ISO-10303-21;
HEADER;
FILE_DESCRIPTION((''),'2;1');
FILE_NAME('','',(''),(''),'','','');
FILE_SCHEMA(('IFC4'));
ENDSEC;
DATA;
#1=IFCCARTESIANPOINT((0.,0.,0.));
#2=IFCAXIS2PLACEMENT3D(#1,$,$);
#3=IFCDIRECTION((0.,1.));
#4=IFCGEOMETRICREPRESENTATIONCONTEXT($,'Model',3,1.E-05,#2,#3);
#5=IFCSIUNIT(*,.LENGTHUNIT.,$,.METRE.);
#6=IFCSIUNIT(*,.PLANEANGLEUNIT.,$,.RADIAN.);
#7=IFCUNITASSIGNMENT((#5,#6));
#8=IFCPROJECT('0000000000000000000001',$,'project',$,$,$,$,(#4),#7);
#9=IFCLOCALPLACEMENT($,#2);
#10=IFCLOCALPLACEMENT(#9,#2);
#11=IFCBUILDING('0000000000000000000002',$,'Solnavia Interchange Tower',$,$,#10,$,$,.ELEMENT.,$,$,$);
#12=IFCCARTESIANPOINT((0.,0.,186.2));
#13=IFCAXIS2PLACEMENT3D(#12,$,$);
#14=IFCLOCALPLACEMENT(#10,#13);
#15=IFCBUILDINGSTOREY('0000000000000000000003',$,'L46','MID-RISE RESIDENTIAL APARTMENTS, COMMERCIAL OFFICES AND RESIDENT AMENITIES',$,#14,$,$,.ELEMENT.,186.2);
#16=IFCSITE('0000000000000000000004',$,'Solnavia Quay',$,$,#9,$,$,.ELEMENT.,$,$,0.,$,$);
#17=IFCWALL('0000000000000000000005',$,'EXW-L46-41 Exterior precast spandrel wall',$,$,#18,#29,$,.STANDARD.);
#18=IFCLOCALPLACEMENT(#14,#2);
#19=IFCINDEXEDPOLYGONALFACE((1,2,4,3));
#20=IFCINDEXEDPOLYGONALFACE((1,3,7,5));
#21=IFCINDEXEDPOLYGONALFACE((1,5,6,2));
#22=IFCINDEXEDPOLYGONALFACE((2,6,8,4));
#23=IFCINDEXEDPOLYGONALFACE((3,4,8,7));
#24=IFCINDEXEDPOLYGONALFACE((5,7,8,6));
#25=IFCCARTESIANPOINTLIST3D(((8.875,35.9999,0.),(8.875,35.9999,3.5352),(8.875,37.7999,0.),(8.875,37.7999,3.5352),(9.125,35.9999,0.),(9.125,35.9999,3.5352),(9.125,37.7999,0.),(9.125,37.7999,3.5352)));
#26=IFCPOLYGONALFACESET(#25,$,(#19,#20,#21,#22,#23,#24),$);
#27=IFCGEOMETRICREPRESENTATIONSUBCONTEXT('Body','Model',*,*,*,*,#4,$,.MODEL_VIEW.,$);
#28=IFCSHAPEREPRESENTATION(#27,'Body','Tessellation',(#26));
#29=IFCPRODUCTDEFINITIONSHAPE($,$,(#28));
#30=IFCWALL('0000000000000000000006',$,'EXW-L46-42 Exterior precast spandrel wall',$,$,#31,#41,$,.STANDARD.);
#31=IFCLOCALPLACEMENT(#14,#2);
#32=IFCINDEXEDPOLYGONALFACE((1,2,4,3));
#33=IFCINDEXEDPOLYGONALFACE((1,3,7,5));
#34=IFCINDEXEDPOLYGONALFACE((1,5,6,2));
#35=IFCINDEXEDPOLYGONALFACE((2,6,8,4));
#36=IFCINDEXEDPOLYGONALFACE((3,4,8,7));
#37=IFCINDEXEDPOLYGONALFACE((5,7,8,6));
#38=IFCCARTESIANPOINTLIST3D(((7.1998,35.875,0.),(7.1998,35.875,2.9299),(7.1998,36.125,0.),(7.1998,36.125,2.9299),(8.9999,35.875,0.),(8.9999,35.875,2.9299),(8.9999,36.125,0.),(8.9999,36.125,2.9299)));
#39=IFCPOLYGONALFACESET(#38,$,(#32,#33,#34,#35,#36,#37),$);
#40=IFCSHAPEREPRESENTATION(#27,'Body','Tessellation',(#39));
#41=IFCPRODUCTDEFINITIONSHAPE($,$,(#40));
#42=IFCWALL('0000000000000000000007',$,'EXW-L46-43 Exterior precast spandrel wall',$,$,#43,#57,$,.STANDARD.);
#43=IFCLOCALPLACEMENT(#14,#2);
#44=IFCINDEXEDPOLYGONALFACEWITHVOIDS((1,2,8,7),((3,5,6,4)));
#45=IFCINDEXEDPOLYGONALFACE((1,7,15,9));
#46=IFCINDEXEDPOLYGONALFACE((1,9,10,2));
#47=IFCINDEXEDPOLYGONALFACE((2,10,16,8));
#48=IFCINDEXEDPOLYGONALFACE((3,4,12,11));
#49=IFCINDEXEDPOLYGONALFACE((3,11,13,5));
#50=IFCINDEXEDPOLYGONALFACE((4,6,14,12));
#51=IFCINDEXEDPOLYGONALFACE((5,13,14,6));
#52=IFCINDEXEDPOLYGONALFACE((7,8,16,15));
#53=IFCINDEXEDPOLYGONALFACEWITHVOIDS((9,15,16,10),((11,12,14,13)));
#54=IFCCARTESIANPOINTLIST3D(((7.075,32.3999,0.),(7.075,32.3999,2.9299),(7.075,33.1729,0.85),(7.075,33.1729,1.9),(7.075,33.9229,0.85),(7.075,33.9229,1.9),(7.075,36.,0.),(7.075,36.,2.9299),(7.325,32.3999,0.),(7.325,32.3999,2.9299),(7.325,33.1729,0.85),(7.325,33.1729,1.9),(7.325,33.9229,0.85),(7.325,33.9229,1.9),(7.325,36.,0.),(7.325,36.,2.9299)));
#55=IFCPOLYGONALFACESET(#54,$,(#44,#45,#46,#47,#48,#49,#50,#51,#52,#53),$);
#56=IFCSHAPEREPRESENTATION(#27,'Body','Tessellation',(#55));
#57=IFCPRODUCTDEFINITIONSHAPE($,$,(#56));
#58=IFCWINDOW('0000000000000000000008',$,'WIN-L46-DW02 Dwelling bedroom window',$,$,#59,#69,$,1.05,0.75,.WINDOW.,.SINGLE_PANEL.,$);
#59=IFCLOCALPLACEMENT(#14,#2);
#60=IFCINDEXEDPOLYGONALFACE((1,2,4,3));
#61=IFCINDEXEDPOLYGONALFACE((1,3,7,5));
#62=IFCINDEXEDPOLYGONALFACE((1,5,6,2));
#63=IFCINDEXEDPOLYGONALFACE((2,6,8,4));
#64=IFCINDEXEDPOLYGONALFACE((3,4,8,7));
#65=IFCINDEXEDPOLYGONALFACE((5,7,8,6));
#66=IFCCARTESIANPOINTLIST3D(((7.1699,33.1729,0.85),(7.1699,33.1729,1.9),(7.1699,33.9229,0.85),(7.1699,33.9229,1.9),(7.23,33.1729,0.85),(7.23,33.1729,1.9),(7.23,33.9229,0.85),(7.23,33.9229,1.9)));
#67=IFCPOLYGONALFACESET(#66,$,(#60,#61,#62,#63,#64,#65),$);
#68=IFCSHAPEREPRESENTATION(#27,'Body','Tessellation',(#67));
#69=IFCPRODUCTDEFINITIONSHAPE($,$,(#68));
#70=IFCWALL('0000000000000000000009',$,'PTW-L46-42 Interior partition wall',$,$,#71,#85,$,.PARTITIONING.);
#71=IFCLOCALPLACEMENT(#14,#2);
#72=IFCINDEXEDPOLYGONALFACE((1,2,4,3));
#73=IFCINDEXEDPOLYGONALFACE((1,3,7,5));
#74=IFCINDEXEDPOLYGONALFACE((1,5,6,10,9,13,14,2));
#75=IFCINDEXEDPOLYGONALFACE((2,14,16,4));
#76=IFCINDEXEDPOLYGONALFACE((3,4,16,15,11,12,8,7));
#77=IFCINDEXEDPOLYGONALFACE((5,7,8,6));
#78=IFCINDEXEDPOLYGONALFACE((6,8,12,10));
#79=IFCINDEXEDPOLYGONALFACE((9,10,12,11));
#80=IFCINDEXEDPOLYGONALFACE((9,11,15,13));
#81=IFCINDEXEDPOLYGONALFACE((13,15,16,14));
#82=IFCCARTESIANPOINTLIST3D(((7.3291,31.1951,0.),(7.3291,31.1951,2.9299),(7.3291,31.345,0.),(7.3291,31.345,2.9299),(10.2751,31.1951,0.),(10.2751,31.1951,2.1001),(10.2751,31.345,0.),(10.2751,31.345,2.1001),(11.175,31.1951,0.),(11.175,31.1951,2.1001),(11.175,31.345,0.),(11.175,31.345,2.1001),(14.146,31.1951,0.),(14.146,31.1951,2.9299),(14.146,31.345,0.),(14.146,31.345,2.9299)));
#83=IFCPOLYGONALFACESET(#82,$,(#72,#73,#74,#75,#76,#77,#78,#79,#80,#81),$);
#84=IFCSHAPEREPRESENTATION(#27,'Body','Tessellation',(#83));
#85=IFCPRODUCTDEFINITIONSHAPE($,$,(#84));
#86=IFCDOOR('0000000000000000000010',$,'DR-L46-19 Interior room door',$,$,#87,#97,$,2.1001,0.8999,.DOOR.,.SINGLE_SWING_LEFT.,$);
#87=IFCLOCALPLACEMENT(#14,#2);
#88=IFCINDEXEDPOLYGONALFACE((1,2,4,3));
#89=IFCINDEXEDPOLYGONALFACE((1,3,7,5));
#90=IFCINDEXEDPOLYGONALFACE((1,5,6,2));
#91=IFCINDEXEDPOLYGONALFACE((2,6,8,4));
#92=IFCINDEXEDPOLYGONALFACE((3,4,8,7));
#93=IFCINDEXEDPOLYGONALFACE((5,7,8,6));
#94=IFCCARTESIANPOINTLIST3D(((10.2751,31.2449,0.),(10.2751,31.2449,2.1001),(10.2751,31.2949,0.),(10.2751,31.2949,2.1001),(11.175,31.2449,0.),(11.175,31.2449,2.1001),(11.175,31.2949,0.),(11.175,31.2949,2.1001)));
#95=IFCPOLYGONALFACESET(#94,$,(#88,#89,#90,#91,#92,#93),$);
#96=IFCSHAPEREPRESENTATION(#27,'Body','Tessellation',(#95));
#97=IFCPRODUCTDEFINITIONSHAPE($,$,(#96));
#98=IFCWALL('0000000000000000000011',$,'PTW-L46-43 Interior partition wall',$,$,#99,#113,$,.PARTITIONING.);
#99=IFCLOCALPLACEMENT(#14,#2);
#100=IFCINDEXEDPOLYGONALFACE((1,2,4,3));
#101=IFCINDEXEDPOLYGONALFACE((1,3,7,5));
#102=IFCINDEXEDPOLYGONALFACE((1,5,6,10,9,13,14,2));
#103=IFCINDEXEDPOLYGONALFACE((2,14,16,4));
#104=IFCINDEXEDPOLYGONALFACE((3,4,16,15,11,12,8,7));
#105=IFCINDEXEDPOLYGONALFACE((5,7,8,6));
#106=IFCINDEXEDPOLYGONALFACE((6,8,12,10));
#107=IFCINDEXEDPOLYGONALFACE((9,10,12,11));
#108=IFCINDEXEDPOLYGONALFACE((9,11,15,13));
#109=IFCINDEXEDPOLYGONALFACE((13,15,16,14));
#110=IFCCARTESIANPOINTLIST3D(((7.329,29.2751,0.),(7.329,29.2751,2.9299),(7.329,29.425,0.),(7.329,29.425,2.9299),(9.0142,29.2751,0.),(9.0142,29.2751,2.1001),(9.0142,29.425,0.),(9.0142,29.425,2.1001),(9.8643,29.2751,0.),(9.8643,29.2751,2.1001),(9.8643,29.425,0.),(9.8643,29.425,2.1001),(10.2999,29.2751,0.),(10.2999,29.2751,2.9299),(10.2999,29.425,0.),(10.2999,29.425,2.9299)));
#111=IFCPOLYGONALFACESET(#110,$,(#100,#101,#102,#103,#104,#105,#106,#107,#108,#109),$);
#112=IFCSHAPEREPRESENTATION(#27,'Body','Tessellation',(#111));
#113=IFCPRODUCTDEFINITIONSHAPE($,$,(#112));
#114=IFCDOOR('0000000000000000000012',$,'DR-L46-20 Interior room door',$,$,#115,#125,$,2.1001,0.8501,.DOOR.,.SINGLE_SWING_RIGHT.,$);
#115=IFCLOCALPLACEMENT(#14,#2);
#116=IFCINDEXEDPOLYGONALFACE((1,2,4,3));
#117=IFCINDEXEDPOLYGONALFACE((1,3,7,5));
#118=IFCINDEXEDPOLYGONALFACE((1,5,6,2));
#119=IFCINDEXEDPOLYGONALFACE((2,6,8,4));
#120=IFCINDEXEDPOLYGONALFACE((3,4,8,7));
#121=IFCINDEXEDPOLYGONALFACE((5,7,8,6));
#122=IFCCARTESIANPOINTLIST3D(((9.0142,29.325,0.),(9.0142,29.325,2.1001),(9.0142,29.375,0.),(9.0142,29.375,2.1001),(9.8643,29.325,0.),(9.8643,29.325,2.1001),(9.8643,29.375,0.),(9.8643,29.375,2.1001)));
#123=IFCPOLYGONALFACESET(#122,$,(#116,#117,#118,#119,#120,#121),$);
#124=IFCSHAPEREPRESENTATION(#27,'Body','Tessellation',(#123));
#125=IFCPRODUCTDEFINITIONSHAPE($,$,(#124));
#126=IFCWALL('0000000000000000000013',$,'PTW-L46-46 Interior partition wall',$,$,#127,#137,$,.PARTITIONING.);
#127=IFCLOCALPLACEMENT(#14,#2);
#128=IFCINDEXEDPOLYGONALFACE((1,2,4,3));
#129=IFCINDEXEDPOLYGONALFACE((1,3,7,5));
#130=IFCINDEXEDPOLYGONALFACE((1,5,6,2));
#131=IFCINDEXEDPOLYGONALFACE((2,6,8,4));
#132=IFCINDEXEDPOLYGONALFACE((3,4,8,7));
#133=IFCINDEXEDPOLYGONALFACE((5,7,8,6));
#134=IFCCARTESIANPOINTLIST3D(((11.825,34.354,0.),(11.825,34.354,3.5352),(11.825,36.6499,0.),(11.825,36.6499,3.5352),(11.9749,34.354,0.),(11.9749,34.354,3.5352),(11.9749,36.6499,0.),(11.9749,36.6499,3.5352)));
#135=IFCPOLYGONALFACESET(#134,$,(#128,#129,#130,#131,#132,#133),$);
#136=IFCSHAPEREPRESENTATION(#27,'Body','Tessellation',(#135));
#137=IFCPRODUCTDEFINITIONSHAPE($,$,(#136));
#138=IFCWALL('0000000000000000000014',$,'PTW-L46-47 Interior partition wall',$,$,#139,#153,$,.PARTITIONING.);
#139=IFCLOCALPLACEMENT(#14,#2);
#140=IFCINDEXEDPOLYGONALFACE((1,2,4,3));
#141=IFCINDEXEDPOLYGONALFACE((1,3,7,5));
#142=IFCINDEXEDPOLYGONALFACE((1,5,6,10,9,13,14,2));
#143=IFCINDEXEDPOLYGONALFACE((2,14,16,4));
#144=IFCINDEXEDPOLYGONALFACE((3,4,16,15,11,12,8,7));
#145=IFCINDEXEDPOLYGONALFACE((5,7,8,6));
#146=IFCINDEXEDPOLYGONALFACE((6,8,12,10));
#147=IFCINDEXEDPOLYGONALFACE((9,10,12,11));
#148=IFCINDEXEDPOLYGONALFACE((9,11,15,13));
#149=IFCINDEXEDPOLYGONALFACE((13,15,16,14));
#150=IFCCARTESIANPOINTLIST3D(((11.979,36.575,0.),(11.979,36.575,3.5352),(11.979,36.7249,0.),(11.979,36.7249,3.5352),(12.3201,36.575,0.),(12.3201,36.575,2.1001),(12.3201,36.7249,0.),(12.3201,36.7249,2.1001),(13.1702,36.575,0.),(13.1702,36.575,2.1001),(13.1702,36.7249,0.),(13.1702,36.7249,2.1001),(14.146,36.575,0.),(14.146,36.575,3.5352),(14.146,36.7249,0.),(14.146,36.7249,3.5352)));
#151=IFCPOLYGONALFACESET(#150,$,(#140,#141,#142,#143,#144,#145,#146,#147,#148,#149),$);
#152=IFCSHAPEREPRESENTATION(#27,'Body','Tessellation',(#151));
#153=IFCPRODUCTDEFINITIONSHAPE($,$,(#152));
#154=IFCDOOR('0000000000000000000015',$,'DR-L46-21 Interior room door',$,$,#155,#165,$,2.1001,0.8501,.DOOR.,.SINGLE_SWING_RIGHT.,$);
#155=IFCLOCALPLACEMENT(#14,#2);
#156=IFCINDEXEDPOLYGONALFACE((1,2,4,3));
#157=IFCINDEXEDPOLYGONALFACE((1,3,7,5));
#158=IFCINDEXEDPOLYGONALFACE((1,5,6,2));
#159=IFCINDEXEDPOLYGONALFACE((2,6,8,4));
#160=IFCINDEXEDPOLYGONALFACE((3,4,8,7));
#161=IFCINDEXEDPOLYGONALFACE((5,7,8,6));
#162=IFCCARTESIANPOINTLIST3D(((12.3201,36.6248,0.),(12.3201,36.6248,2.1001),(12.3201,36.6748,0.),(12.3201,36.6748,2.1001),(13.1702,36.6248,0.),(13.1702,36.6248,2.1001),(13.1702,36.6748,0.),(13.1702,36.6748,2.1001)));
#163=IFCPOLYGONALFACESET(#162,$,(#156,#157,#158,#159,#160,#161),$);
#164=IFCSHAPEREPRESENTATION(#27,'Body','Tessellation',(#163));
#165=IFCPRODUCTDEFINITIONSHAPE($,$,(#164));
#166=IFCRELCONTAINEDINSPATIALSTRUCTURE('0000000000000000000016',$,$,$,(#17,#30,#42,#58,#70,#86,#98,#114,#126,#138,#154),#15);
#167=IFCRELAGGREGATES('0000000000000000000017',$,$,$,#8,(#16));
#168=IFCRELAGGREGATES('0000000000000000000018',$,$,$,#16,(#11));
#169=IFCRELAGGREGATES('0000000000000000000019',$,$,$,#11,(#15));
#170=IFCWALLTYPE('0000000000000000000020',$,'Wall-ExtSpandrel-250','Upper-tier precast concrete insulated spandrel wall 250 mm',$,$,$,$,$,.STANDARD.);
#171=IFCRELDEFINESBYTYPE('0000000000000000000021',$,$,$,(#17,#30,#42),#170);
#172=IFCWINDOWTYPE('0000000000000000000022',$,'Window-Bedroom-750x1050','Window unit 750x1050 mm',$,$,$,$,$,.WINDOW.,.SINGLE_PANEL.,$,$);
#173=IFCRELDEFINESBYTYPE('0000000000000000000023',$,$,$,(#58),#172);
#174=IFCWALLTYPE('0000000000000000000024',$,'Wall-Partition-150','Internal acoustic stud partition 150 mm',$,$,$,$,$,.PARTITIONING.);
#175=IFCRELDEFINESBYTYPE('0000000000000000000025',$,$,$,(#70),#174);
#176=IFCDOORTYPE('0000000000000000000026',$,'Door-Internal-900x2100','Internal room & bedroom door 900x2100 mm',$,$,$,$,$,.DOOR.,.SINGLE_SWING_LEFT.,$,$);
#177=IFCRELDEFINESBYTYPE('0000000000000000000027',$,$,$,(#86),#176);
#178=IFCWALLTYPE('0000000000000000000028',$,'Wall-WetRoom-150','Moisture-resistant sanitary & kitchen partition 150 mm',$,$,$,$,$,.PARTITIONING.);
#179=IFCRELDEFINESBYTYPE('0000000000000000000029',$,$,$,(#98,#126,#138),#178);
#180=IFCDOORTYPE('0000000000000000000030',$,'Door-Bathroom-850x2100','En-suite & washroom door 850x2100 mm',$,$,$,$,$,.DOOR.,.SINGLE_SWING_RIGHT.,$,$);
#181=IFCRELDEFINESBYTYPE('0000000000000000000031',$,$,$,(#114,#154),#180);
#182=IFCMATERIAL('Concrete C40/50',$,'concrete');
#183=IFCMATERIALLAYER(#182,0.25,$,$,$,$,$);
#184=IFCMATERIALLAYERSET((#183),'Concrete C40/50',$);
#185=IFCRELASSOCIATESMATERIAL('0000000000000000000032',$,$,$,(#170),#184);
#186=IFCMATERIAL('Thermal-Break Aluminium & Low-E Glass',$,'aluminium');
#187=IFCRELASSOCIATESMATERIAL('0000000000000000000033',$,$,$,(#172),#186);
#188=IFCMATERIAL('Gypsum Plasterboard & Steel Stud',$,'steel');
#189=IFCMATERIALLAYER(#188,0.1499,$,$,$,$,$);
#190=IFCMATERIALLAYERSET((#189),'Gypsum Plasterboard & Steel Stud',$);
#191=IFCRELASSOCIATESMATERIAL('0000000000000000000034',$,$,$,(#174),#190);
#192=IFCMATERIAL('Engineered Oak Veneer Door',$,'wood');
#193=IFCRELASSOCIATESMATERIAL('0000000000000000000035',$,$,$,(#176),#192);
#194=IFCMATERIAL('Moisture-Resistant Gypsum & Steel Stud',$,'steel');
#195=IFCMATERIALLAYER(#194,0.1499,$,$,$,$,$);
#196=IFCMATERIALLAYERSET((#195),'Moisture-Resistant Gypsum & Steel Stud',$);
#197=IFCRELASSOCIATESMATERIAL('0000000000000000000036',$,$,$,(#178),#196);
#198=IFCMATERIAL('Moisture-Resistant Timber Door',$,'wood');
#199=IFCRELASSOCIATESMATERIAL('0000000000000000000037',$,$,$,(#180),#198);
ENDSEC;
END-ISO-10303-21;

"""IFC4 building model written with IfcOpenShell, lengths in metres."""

from ifc_helpers import new_model, si_unit, direction, frame, frame_2d, origin, place, context, subcontext, project, spatial, rectangle, extrude, material, layer, layer_set, type_object, element, fill, save


model = new_model("IFC4")

# Units and contexts
model_context = context("Model", 3, precision=1e-05, world=origin(), true_north=direction((0.0, 1.0)))
body_context = subcontext(model_context, "Body", "Model", "MODEL_VIEW")
ifc_project = project(units=[si_unit("LENGTHUNIT", "METRE"), si_unit("PLANEANGLEUNIT", "RADIAN")], contexts=[model_context])

# Site, building, storey
site_placement = place(None, origin())
site = spatial("IfcSite", under=ifc_project, at=site_placement, Name="Solnavia Quay", CompositionType="ELEMENT", RefElevation=0.0)
building_placement = place(site_placement, origin())
building = spatial("IfcBuilding", under=site, at=building_placement, Name="Solnavia Interchange Tower", CompositionType="ELEMENT")
storey_placement = place(building_placement, frame((0.0, 0.0, 186.2)))
storey = spatial("IfcBuildingStorey", under=building, at=storey_placement, Name="L46", Description="MID-RISE RESIDENTIAL APARTMENTS, COMMERCIAL OFFICES AND RESIDENT AMENITIES", CompositionType="ELEMENT", Elevation=186.2)

# Walls
ifc_material_1 = material(Name="Concrete C40/50", Category="concrete")
ifc_layer_1 = layer(ifc_material_1, 0.25)
ifc_layer_set_1 = layer_set([ifc_layer_1], Name="Concrete C40/50")
wall_type_1 = type_object("IfcWallType", Name="Wall-ExtSpandrel-250", Description="Upper-tier precast concrete insulated spandrel wall 250 mm", PredefinedType="STANDARD", material=ifc_layer_set_1)
for number, where, z_axis, x_axis, name in (
    (1, (9.0, 36.0, 0.0), (0.0, 0.0, 1.0), (0.0, 1.0, 0.0), "EXW-L46-41 Exterior precast spandrel wall"),
):
    element("IfcWall", number, at=place(storey_placement, frame(where, z_axis=z_axis, x_axis=x_axis)), inside=storey, type_object=wall_type_1, Name=name, PredefinedType="STANDARD", context=body_context, shape_type="SweptSolid", body=[
        extrude(rectangle(XDim=1.8, YDim=0.25, at=frame_2d((0.8999, 0.0))), origin(), (0.0, 0.0, 1.0), 3.5352),
    ])
wall_1_placement = place(storey_placement, frame((7.2, 36.0, 0.0), z_axis=(0.0, 0.0, 1.0), x_axis=(1.0, 0.0, 0.0)))
element("IfcWall", 2, at=wall_1_placement, inside=storey, type_object=wall_type_1, Name="EXW-L46-42 Exterior precast spandrel wall", PredefinedType="STANDARD", context=body_context, shape_type="SweptSolid", body=[
    extrude(rectangle(XDim=1.8, YDim=0.25, at=frame_2d((0.8999, 0.0))), origin(), (0.0, 0.0, 1.0), 2.9299),
])

# Wall, opening, window
wall_2_placement = place(storey_placement, frame((7.2, 32.3999, 0.0), z_axis=(0.0, 0.0, 1.0), x_axis=(0.0, 1.0, 0.0)))
wall_2 = element("IfcWall", 3, at=wall_2_placement, inside=storey, type_object=wall_type_1, Name="EXW-L46-43 Exterior precast spandrel wall", PredefinedType="STANDARD", context=body_context, shape_type="SweptSolid", body=[
    extrude(rectangle(XDim=3.6001, YDim=0.25, at=frame_2d((1.8, 0.0))), origin(), (0.0, 0.0, 1.0), 2.9299),
])
opening_1_placement = place(wall_2_placement, frame((0.7729, 0.0, 0.8501)))
opening_1 = element("IfcOpeningElement", 4, at=opening_1_placement, cuts=wall_2, PredefinedType="OPENING", context=body_context, shape_type="SweptSolid", body=[
    extrude(rectangle(XDim=0.75, YDim=1.05, at=frame_2d((0.375, 0.5249))), frame((0.0, 0.135, 0.0), z_axis=(0.0, -1.0, 0.0), x_axis=(1.0, 0.0, 0.0)), (0.0, 0.0, 1.0), 0.27),
])
ifc_material_2 = material(Name="Thermal-Break Aluminium & Low-E Glass", Category="aluminium")
window_type = type_object("IfcWindowType", Name="Window-Bedroom-750x1050", Description="Window unit 750x1050 mm", PartitioningType="SINGLE_PANEL", PredefinedType="WINDOW", material=ifc_material_2)
window_placement = place(opening_1_placement, origin())
window = element("IfcWindow", 5, at=window_placement, inside=storey, type_object=window_type, Name="WIN-L46-DW02 Dwelling bedroom window", OverallHeight=1.05, OverallWidth=0.75, PartitioningType="SINGLE_PANEL", PredefinedType="WINDOW", context=body_context, shape_type="SweptSolid", body=[
    extrude(rectangle(XDim=0.75, YDim=1.05, at=frame_2d((0.375, 0.5249))), frame((0.0, 0.03, 0.0), z_axis=(0.0, -1.0, 0.0), x_axis=(1.0, 0.0, 0.0)), (0.0, 0.0, 1.0), 0.0601),
])
fill(opening_1, window)

# Walls, openings, doors
ifc_material_3 = material(Name="Gypsum Plasterboard & Steel Stud", Category="steel")
ifc_layer_2 = layer(ifc_material_3, 0.1499)
ifc_layer_set_2 = layer_set([ifc_layer_2], Name="Gypsum Plasterboard & Steel Stud")
wall_type_2 = type_object("IfcWallType", Name="Wall-Partition-150", Description="Internal acoustic stud partition 150 mm", PredefinedType="PARTITIONING", material=ifc_layer_set_2)
wall_3_placement = place(storey_placement, frame((7.3291, 31.27, 0.0), z_axis=(0.0, 0.0, 1.0), x_axis=(1.0, 0.0, 0.0)))
wall_3 = element("IfcWall", 6, at=wall_3_placement, inside=storey, type_object=wall_type_2, Name="PTW-L46-42 Interior partition wall", PredefinedType="PARTITIONING", context=body_context, shape_type="SweptSolid", body=[
    extrude(rectangle(XDim=6.8169, YDim=0.1499, at=frame_2d((3.4084, 0.0))), origin(), (0.0, 0.0, 1.0), 2.9299),
])
opening_2_placement = place(wall_3_placement, frame((2.946, 0.0, 0.0)))
opening_2 = element("IfcOpeningElement", 7, at=opening_2_placement, cuts=wall_3, PredefinedType="OPENING", context=body_context, shape_type="SweptSolid", body=[
    extrude(rectangle(XDim=0.8999, YDim=2.1001, at=frame_2d((0.45, 1.05))), frame((0.0, 0.085, 0.0), z_axis=(0.0, -1.0, 0.0), x_axis=(1.0, 0.0, 0.0)), (0.0, 0.0, 1.0), 0.1699),
])
ifc_material_4 = material(Name="Engineered Oak Veneer Door", Category="wood")
door_type_1 = type_object("IfcDoorType", Name="Door-Internal-900x2100", Description="Internal room & bedroom door 900x2100 mm", OperationType="SINGLE_SWING_LEFT", PredefinedType="DOOR", material=ifc_material_4)
door_1_placement = place(opening_2_placement, origin())
door_1 = element("IfcDoor", 8, at=door_1_placement, inside=storey, type_object=door_type_1, Name="DR-L46-19 Interior room door", OperationType="SINGLE_SWING_LEFT", OverallHeight=2.1001, OverallWidth=0.8999, PredefinedType="DOOR", context=body_context, shape_type="SweptSolid", body=[
    extrude(rectangle(XDim=0.8999, YDim=2.1001, at=frame_2d((0.45, 1.05))), frame((0.0, 0.0249, 0.0), z_axis=(0.0, -1.0, 0.0), x_axis=(1.0, 0.0, 0.0)), (0.0, 0.0, 1.0), 0.05),
])
fill(opening_2, door_1)
ifc_material_5 = material(Name="Moisture-Resistant Gypsum & Steel Stud", Category="steel")
ifc_layer_3 = layer(ifc_material_5, 0.1499)
ifc_layer_set_3 = layer_set([ifc_layer_3], Name="Moisture-Resistant Gypsum & Steel Stud")
wall_type_3 = type_object("IfcWallType", Name="Wall-WetRoom-150", Description="Moisture-resistant sanitary & kitchen partition 150 mm", PredefinedType="PARTITIONING", material=ifc_layer_set_3)
wall_4_placement = place(storey_placement, frame((7.3291, 29.3501, 0.0), z_axis=(0.0, 0.0, 1.0), x_axis=(1.0, 0.0, 0.0)))
wall_4 = element("IfcWall", 9, at=wall_4_placement, inside=storey, type_object=wall_type_3, Name="PTW-L46-43 Interior partition wall", PredefinedType="PARTITIONING", context=body_context, shape_type="SweptSolid", body=[
    extrude(rectangle(XDim=2.9709, YDim=0.1499, at=frame_2d((1.4854, 0.0))), origin(), (0.0, 0.0, 1.0), 2.9299),
])
opening_3_placement = place(wall_4_placement, frame((1.6851, 0.0, 0.0)))
opening_3 = element("IfcOpeningElement", 10, at=opening_3_placement, cuts=wall_4, PredefinedType="OPENING", context=body_context, shape_type="SweptSolid", body=[
    extrude(rectangle(XDim=0.8501, YDim=2.1001, at=frame_2d((0.425, 1.05))), frame((0.0, 0.085, 0.0), z_axis=(0.0, -1.0, 0.0), x_axis=(1.0, 0.0, 0.0)), (0.0, 0.0, 1.0), 0.1699),
])
ifc_material_6 = material(Name="Moisture-Resistant Timber Door", Category="wood")
door_type_2 = type_object("IfcDoorType", Name="Door-Bathroom-850x2100", Description="En-suite & washroom door 850x2100 mm", OperationType="SINGLE_SWING_RIGHT", PredefinedType="DOOR", material=ifc_material_6)
door_2_placement = place(opening_3_placement, origin())
door_2 = element("IfcDoor", 11, at=door_2_placement, inside=storey, type_object=door_type_2, Name="DR-L46-20 Interior room door", OperationType="SINGLE_SWING_RIGHT", OverallHeight=2.1001, OverallWidth=0.8501, PredefinedType="DOOR", context=body_context, shape_type="SweptSolid", body=[
    extrude(rectangle(XDim=0.8501, YDim=2.1001, at=frame_2d((0.425, 1.05))), frame((0.0, 0.0249, 0.0), z_axis=(0.0, -1.0, 0.0), x_axis=(1.0, 0.0, 0.0)), (0.0, 0.0, 1.0), 0.05),
])
fill(opening_3, door_2)

# Wall
wall_5_placement = place(storey_placement, frame((11.8999, 34.354, 0.0), z_axis=(0.0, 0.0, 1.0), x_axis=(0.0, 1.0, 0.0)))
element("IfcWall", 12, at=wall_5_placement, inside=storey, type_object=wall_type_3, Name="PTW-L46-46 Interior partition wall", PredefinedType="PARTITIONING", context=body_context, shape_type="SweptSolid", body=[
    extrude(rectangle(XDim=2.2959, YDim=0.1499, at=frame_2d((1.1479, 0.0))), origin(), (0.0, 0.0, 1.0), 3.5352),
])

# Wall, opening, door
wall_6_placement = place(storey_placement, frame((11.979, 36.6499, 0.0), z_axis=(0.0, 0.0, 1.0), x_axis=(1.0, 0.0, 0.0)))
wall_6 = element("IfcWall", 13, at=wall_6_placement, inside=storey, type_object=wall_type_3, Name="PTW-L46-47 Interior partition wall", PredefinedType="PARTITIONING", context=body_context, shape_type="SweptSolid", body=[
    extrude(rectangle(XDim=2.167, YDim=0.1499, at=frame_2d((1.0835, 0.0))), origin(), (0.0, 0.0, 1.0), 3.5352),
])
opening_4_placement = place(wall_6_placement, frame((0.3411, 0.0, 0.0)))
opening_4 = element("IfcOpeningElement", 14, at=opening_4_placement, cuts=wall_6, PredefinedType="OPENING", context=body_context, shape_type="SweptSolid", body=[
    extrude(rectangle(XDim=0.8501, YDim=2.1001, at=frame_2d((0.425, 1.05))), frame((0.0, 0.085, 0.0), z_axis=(0.0, -1.0, 0.0), x_axis=(1.0, 0.0, 0.0)), (0.0, 0.0, 1.0), 0.1699),
])
door_3_placement = place(opening_4_placement, origin())
door_3 = element("IfcDoor", 15, at=door_3_placement, inside=storey, type_object=door_type_2, Name="DR-L46-21 Interior room door", OperationType="SINGLE_SWING_RIGHT", OverallHeight=2.1001, OverallWidth=0.8501, PredefinedType="DOOR", context=body_context, shape_type="SweptSolid", body=[
    extrude(rectangle(XDim=0.8501, YDim=2.1001, at=frame_2d((0.425, 1.05))), frame((0.0, 0.0249, 0.0), z_axis=(0.0, -1.0, 0.0), x_axis=(1.0, 0.0, 0.0)), (0.0, 0.0, 1.0), 0.05),
])
fill(opening_4, door_3)

save(model, "model.ifc")
